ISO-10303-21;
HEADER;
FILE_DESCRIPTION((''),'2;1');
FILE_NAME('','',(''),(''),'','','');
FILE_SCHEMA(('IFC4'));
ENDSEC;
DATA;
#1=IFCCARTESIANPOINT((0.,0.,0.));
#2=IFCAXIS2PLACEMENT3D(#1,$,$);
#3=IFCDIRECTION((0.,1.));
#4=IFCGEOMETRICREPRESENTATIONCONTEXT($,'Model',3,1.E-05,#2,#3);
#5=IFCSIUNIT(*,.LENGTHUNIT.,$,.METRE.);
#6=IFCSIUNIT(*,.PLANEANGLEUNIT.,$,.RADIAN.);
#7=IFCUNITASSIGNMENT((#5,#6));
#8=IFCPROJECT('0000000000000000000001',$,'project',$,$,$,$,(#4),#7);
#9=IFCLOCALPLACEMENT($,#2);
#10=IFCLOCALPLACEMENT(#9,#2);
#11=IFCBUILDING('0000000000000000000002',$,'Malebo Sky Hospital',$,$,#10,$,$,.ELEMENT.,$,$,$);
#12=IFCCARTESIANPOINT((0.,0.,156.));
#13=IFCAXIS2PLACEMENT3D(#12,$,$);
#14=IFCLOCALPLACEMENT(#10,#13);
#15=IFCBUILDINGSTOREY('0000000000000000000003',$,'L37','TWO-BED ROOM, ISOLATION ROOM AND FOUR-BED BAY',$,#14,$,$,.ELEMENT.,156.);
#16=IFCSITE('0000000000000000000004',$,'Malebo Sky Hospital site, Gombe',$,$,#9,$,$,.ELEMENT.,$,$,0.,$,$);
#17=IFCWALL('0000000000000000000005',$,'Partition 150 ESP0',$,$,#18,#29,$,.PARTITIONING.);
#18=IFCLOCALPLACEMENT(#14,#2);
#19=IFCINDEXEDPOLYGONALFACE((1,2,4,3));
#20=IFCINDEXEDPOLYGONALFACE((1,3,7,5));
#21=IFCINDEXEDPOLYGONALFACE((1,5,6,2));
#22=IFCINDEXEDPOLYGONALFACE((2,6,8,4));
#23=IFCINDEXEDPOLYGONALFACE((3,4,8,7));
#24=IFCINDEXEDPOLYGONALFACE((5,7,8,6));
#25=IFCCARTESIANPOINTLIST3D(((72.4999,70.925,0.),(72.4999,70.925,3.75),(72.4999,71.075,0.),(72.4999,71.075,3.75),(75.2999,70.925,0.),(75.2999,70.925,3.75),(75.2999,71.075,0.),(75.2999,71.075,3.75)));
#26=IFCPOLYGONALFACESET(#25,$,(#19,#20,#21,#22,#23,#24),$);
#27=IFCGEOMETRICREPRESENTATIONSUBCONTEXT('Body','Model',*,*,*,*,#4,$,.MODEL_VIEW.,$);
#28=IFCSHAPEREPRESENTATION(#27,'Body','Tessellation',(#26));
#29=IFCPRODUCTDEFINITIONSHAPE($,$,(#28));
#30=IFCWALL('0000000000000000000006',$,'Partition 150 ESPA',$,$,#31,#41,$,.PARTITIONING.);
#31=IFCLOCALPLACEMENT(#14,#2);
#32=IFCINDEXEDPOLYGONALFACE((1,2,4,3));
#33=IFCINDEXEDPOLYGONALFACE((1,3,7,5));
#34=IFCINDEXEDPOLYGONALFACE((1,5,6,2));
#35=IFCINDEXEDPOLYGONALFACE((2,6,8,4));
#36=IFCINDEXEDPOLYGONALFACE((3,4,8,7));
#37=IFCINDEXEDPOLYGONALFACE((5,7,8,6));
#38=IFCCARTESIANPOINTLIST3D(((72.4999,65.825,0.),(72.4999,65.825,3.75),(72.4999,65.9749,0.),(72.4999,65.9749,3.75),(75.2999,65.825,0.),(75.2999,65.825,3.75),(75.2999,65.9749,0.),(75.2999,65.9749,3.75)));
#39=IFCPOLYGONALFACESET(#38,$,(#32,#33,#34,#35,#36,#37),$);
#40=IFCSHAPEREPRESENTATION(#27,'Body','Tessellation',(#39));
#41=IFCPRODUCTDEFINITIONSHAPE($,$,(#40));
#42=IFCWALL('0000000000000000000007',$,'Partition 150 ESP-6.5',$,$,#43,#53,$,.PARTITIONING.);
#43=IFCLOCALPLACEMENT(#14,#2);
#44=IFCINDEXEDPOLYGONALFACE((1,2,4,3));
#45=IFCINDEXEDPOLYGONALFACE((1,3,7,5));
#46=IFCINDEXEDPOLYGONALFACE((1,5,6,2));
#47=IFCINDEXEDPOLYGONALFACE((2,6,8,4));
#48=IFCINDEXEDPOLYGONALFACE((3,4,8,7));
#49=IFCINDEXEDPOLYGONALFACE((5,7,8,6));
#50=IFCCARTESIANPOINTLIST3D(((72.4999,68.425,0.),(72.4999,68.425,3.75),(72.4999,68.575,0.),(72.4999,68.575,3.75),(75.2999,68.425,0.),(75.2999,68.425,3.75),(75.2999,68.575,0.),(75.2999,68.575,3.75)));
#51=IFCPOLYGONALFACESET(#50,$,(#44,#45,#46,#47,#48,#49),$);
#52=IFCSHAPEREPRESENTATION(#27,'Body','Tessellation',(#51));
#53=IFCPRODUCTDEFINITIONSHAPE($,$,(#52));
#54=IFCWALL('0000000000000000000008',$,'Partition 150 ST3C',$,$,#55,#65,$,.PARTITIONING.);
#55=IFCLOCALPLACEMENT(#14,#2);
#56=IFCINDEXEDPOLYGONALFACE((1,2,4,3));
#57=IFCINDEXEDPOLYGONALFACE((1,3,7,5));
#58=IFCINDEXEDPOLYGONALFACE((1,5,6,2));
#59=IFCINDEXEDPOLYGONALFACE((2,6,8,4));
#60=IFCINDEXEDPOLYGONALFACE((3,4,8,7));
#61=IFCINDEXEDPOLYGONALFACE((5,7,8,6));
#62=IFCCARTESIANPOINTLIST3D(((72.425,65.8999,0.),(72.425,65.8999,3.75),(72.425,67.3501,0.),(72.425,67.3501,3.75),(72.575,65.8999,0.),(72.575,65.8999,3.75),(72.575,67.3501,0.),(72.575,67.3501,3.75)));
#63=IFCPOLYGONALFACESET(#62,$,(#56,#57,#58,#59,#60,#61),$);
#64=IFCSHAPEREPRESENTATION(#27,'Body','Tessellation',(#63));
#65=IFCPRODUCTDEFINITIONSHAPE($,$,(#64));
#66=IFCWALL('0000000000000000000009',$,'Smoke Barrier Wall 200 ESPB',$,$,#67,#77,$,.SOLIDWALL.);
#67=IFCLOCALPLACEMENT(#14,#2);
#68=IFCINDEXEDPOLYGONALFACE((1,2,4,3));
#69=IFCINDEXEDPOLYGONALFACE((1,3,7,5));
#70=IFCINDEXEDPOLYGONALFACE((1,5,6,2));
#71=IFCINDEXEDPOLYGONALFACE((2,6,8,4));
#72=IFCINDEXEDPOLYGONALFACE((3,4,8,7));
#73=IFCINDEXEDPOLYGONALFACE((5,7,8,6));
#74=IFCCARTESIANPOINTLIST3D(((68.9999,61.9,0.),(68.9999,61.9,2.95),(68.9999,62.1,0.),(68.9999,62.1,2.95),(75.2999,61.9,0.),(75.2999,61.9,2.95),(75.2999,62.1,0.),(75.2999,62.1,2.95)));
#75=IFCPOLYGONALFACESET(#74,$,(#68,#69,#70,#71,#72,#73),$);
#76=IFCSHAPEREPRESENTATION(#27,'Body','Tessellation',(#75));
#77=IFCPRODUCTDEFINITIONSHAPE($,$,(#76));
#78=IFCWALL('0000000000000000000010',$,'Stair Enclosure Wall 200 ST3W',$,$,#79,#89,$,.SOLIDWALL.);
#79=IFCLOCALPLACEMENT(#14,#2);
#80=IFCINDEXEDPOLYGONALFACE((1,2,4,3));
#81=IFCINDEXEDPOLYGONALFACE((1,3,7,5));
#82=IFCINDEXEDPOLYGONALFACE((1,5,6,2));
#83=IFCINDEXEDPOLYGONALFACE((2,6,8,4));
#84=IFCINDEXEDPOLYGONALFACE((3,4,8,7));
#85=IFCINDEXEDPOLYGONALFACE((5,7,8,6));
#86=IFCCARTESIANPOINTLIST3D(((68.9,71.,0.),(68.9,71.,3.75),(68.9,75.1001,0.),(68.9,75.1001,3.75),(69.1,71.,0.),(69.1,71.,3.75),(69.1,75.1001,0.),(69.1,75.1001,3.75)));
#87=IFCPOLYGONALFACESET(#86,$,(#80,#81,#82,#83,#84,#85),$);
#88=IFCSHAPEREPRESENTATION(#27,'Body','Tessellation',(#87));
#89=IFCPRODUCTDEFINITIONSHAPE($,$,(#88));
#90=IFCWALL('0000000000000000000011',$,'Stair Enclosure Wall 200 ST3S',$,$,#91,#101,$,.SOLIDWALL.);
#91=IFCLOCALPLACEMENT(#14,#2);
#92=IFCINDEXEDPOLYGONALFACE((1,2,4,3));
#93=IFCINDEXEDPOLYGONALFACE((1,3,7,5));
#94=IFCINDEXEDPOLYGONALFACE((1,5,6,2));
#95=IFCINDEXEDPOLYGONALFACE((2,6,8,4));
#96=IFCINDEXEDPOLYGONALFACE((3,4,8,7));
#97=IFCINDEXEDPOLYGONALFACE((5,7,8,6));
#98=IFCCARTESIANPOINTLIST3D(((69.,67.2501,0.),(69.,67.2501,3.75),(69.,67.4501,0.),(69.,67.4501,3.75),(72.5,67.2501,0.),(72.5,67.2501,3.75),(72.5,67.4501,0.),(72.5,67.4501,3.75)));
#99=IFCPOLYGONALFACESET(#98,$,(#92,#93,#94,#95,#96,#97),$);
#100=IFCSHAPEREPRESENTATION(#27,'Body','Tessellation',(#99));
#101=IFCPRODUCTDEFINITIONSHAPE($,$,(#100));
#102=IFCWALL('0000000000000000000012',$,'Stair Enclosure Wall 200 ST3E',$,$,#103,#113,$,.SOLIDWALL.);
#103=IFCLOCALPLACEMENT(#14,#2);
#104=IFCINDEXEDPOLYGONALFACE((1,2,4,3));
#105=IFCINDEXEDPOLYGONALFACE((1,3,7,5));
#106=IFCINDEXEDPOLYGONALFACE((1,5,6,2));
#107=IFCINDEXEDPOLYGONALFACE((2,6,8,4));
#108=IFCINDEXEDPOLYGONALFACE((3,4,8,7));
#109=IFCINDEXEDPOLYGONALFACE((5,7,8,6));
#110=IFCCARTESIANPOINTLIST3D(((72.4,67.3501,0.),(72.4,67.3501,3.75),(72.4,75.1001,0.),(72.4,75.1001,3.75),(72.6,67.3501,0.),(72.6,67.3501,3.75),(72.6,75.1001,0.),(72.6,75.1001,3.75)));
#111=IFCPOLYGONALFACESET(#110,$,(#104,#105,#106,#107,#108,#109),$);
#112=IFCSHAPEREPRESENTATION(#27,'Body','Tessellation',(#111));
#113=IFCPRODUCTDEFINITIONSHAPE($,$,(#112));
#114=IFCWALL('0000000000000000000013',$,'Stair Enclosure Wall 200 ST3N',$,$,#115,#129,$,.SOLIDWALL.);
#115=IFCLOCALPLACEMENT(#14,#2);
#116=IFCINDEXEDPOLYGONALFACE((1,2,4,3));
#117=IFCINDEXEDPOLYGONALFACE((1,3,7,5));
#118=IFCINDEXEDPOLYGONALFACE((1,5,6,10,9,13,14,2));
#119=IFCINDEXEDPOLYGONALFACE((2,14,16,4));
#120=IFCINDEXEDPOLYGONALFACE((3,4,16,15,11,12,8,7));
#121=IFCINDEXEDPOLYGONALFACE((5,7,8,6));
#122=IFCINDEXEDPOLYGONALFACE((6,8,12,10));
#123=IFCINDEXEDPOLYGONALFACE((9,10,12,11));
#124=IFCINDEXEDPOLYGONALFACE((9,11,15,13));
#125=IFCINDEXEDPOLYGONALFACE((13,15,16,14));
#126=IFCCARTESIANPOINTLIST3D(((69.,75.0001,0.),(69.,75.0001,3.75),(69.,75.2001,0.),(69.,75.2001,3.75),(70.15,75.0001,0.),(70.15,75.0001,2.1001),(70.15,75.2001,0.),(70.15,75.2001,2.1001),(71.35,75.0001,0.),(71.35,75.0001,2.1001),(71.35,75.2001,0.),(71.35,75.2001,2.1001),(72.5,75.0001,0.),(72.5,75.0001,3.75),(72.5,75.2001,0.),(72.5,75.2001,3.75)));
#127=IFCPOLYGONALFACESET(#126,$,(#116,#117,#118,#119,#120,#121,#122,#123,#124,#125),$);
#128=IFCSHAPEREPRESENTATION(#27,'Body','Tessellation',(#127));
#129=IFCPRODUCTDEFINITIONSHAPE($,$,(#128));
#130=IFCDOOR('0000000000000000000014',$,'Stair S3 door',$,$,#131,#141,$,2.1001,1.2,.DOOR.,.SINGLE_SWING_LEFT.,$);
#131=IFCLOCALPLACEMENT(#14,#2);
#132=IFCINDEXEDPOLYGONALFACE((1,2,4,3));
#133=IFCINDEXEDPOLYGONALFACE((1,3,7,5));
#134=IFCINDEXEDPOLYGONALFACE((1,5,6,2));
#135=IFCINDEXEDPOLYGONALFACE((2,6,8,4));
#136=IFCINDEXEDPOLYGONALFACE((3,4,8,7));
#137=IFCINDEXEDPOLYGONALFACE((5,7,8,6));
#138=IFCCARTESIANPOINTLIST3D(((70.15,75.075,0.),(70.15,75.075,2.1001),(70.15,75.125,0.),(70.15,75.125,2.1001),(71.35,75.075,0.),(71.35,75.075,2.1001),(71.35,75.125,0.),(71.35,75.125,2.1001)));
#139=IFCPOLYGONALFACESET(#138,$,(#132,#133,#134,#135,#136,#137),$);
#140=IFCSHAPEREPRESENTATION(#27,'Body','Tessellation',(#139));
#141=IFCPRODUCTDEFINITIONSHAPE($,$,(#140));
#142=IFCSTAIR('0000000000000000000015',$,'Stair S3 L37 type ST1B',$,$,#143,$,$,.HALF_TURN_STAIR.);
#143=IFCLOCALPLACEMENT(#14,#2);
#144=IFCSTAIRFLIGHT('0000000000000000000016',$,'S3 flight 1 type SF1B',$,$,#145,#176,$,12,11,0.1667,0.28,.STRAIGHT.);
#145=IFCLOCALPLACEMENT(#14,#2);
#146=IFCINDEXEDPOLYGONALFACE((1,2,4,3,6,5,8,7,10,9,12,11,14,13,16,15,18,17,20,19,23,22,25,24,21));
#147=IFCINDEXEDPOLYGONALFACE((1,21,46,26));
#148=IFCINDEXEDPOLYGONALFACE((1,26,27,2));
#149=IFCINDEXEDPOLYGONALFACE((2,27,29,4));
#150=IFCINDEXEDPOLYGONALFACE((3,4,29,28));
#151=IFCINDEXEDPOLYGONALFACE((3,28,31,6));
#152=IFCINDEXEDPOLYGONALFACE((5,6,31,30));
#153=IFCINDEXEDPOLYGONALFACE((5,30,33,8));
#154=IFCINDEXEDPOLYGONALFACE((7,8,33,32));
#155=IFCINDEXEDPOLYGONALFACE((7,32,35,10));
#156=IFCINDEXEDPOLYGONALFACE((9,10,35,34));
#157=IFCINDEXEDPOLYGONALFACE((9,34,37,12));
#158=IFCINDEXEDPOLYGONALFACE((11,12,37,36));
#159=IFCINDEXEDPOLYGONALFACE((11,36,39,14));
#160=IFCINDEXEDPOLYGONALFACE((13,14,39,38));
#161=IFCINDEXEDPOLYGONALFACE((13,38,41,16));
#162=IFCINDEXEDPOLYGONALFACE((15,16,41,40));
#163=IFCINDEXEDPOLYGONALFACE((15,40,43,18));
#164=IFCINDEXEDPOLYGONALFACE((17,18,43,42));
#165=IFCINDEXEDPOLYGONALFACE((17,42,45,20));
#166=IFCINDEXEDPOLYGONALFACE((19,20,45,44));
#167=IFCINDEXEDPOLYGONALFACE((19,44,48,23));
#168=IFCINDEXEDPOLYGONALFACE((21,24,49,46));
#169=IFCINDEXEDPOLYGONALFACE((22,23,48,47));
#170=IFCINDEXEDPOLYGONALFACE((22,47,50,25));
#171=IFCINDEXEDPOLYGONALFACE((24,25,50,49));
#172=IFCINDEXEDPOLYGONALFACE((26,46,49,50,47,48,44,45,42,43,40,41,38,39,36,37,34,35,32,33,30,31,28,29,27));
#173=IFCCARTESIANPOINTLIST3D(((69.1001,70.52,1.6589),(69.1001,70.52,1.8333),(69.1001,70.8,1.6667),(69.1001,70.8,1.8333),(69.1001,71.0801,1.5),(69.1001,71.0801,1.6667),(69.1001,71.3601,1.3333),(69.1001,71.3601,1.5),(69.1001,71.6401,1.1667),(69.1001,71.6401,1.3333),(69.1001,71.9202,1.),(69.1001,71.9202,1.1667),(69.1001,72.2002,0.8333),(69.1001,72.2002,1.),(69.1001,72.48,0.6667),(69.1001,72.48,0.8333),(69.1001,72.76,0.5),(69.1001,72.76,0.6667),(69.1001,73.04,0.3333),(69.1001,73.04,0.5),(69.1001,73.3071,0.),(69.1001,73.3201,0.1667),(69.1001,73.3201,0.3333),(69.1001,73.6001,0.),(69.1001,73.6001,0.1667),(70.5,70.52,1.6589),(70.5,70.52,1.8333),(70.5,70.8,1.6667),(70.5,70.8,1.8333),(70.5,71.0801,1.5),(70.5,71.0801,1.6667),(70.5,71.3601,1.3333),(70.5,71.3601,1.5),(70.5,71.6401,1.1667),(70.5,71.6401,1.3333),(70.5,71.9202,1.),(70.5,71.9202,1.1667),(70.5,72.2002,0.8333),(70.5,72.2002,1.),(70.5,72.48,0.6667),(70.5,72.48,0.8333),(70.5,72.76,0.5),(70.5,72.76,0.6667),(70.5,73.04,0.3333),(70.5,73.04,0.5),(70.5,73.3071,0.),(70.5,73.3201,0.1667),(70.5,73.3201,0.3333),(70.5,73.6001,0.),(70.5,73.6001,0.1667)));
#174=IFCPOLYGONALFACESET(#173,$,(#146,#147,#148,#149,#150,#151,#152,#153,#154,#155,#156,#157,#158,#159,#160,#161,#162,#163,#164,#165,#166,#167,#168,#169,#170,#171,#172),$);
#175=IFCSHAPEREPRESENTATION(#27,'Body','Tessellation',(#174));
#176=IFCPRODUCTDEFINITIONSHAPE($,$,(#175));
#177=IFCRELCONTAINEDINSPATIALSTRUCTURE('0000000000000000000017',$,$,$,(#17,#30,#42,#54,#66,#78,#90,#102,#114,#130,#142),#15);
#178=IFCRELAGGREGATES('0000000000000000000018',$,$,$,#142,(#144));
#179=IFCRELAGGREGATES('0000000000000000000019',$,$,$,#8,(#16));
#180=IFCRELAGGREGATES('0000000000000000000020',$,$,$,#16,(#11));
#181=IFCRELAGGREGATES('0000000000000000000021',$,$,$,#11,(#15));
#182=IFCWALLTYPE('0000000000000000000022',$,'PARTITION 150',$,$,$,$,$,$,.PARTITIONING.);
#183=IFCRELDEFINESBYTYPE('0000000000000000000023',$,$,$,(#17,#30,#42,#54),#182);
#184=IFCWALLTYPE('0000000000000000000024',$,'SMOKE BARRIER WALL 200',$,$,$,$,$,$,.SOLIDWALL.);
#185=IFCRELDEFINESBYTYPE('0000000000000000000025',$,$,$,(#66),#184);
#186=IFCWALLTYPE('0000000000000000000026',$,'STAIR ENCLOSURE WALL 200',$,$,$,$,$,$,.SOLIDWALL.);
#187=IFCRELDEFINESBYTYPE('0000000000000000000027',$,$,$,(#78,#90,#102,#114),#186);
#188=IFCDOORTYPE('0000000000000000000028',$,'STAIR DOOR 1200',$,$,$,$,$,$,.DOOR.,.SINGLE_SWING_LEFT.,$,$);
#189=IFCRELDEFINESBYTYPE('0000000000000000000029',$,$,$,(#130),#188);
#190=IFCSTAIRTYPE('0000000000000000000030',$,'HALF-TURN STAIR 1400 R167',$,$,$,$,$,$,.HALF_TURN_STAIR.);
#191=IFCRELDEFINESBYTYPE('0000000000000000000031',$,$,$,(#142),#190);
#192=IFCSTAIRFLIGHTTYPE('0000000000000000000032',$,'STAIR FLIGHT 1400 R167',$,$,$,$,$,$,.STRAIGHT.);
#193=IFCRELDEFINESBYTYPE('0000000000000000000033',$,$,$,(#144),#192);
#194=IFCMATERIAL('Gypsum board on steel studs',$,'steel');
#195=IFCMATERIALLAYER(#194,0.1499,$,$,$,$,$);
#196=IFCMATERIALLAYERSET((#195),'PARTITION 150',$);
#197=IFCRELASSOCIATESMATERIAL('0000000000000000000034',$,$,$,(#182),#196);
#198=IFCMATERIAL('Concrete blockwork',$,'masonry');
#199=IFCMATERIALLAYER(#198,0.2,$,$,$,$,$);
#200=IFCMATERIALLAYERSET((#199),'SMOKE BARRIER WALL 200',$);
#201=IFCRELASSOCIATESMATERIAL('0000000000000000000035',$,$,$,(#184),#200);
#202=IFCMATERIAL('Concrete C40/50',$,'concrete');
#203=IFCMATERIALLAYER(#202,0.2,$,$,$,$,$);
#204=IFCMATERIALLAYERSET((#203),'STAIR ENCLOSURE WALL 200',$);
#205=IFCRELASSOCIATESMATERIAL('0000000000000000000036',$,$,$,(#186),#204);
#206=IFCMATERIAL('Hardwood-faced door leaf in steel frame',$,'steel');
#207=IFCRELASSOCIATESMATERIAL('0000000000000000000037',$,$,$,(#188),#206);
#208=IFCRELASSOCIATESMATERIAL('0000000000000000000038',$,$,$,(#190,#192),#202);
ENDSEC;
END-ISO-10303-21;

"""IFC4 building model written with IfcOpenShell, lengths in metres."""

from ifc_helpers import new_model, si_unit, direction, frame, frame_2d, origin, place, context, subcontext, project, spatial, polyline, rectangle, outline, extrude, material, layer, layer_set, type_object, element, fill, aggregate, save


model = new_model("IFC4")

# Units and contexts
model_context = context("Model", 3, precision=1e-05, world=origin(), true_north=direction((0.0, 1.0)))
body_context = subcontext(model_context, "Body", "Model", "MODEL_VIEW")
ifc_project = project(units=[si_unit("LENGTHUNIT", "METRE"), si_unit("PLANEANGLEUNIT", "RADIAN")], contexts=[model_context])

# Site, building, storey
site_placement = place(None, origin())
site = spatial("IfcSite", under=ifc_project, at=site_placement, Name="Malebo Sky Hospital site, Gombe", CompositionType="ELEMENT", RefElevation=0.0)
building_placement = place(site_placement, origin())
building = spatial("IfcBuilding", under=site, at=building_placement, Name="Malebo Sky Hospital", CompositionType="ELEMENT")
storey_placement = place(building_placement, frame((0.0, 0.0, 156.0)))
storey = spatial("IfcBuildingStorey", under=building, at=storey_placement, Name="L37", Description="TWO-BED ROOM, ISOLATION ROOM AND FOUR-BED BAY", CompositionType="ELEMENT", Elevation=156.0)

# Shared definitions
ifc_material_1 = material(Name="Gypsum board on steel studs", Category="steel")
ifc_material_2 = material(Name="Hardwood-faced door leaf in steel frame", Category="steel")

# Shared definitions
ifc_layer_1 = layer(ifc_material_1, 0.1499)
ifc_layer_set_1 = layer_set([ifc_layer_1], Name="PARTITION 150")
wall_type_1 = type_object("IfcWallType", Name="PARTITION 150", PredefinedType="PARTITIONING", material=ifc_layer_set_1)

# Walls
for number, where, z_axis, x_axis, name in (
    (1, (72.5, 71.0, 0.0), (0.0, 0.0, 1.0), (1.0, 0.0, 0.0), "Partition 150 ESP0"),
    (2, (72.5, 65.8999, 0.0), (0.0, 0.0, 1.0), (1.0, 0.0, 0.0), "Partition 150 ESPA"),
    (3, (72.5, 68.5, 0.0), (0.0, 0.0, 1.0), (1.0, 0.0, 0.0), "Partition 150 ESP-6.5"),
):
    element("IfcWall", number, at=place(storey_placement, frame(where, z_axis=z_axis, x_axis=x_axis)), inside=storey, type_object=wall_type_1, Name=name, PredefinedType="PARTITIONING", context=body_context, shape_type="SweptSolid", body=[
        extrude(rectangle(XDim=2.8, YDim=0.1499, at=frame_2d((1.3999, 0.0))), origin(), (0.0, 0.0, 1.0), 3.75),
    ])
wall_1_placement = place(storey_placement, frame((72.5, 65.8999, 0.0), z_axis=(0.0, 0.0, 1.0), x_axis=(0.0, 1.0, 0.0)))
element("IfcWall", 4, at=wall_1_placement, inside=storey, type_object=wall_type_1, Name="Partition 150 ST3C", PredefinedType="PARTITIONING", context=body_context, shape_type="SweptSolid", body=[
    extrude(rectangle(XDim=1.4502, YDim=0.1499, at=frame_2d((0.7251, 0.0))), origin(), (0.0, 0.0, 1.0), 3.75),
])
ifc_material_3 = material(Name="Concrete blockwork", Category="masonry")
ifc_layer_2 = layer(ifc_material_3, 0.2)
ifc_layer_set_2 = layer_set([ifc_layer_2], Name="SMOKE BARRIER WALL 200")
wall_type_2 = type_object("IfcWallType", Name="SMOKE BARRIER WALL 200", PredefinedType="SOLIDWALL", material=ifc_layer_set_2)
wall_2_placement = place(storey_placement, frame((69.0, 62.0, 0.0), z_axis=(0.0, 0.0, 1.0), x_axis=(1.0, 0.0, 0.0)))
element("IfcWall", 5, at=wall_2_placement, inside=storey, type_object=wall_type_2, Name="Smoke Barrier Wall 200 ESPB", PredefinedType="SOLIDWALL", context=body_context, shape_type="SweptSolid", body=[
    extrude(rectangle(XDim=6.3, YDim=0.2, at=frame_2d((3.1499, 0.0))), origin(), (0.0, 0.0, 1.0), 2.95),
])
ifc_material_4 = material(Name="Concrete C40/50", Category="concrete")
ifc_layer_3 = layer(ifc_material_4, 0.2)
ifc_layer_set_3 = layer_set([ifc_layer_3], Name="STAIR ENCLOSURE WALL 200")
wall_type_3 = type_object("IfcWallType", Name="STAIR ENCLOSURE WALL 200", PredefinedType="SOLIDWALL", material=ifc_layer_set_3)
wall_3_placement = place(storey_placement, frame((69.0, 71.0, 0.0), z_axis=(0.0, 0.0, 1.0), x_axis=(0.0, 1.0, 0.0)))
element("IfcWall", 6, at=wall_3_placement, inside=storey, type_object=wall_type_3, Name="Stair Enclosure Wall 200 ST3W", PredefinedType="SOLIDWALL", context=body_context, shape_type="SweptSolid", body=[
    extrude(rectangle(XDim=4.1001, YDim=0.2, at=frame_2d((2.05, 0.0))), origin(), (0.0, 0.0, 1.0), 3.75),
])
wall_4_placement = place(storey_placement, frame((69.0, 67.3501, 0.0), z_axis=(0.0, 0.0, 1.0), x_axis=(1.0, 0.0, 0.0)))
element("IfcWall", 7, at=wall_4_placement, inside=storey, type_object=wall_type_3, Name="Stair Enclosure Wall 200 ST3S", PredefinedType="SOLIDWALL", context=body_context, shape_type="SweptSolid", body=[
    extrude(rectangle(XDim=3.5, YDim=0.2, at=frame_2d((1.75, 0.0))), origin(), (0.0, 0.0, 1.0), 3.75),
])
wall_5_placement = place(storey_placement, frame((72.5, 67.3501, 0.0), z_axis=(0.0, 0.0, 1.0), x_axis=(0.0, 1.0, 0.0)))
element("IfcWall", 8, at=wall_5_placement, inside=storey, type_object=wall_type_3, Name="Stair Enclosure Wall 200 ST3E", PredefinedType="SOLIDWALL", context=body_context, shape_type="SweptSolid", body=[
    extrude(rectangle(XDim=7.75, YDim=0.2, at=frame_2d((3.875, 0.0))), origin(), (0.0, 0.0, 1.0), 3.75),
])

# Wall, opening, door
wall_6_placement = place(storey_placement, frame((69.0, 75.1001, 0.0), z_axis=(0.0, 0.0, 1.0), x_axis=(1.0, 0.0, 0.0)))
wall_6 = element("IfcWall", 9, at=wall_6_placement, inside=storey, type_object=wall_type_3, Name="Stair Enclosure Wall 200 ST3N", PredefinedType="SOLIDWALL", context=body_context, shape_type="SweptSolid", body=[
    extrude(rectangle(XDim=3.5, YDim=0.2, at=frame_2d((1.75, 0.0))), origin(), (0.0, 0.0, 1.0), 3.75),
])
opening_1_placement = place(wall_6_placement, frame((1.1499, 0.0, 0.0)))
opening_1 = element("IfcOpeningElement", 10, at=opening_1_placement, cuts=wall_6, PredefinedType="OPENING", context=body_context, shape_type="SweptSolid", body=[
    extrude(rectangle(XDim=1.2, YDim=2.1001, at=frame_2d((0.6001, 1.05))), frame((0.0, 0.1099, 0.0), z_axis=(0.0, -1.0, 0.0), x_axis=(1.0, 0.0, 0.0)), (0.0, 0.0, 1.0), 0.22),
])
door_type_1 = type_object("IfcDoorType", Name="STAIR DOOR 1200", OperationType="SINGLE_SWING_LEFT", PredefinedType="DOOR", material=ifc_material_2)
door_1_placement = place(opening_1_placement, origin())
door_1 = element("IfcDoor", 11, at=door_1_placement, inside=storey, type_object=door_type_1, Name="Stair S3 door", OperationType="SINGLE_SWING_LEFT", OverallHeight=2.1001, OverallWidth=1.2, PredefinedType="DOOR", context=body_context, shape_type="SweptSolid", body=[
    extrude(rectangle(XDim=1.2, YDim=2.1001, at=frame_2d((0.6001, 1.05))), frame((0.0, 0.0249, 0.0), z_axis=(0.0, -1.0, 0.0), x_axis=(1.0, 0.0, 0.0)), (0.0, 0.0, 1.0), 0.05),
])
fill(opening_1, door_1)

# Stair, stair flight
stair_type = type_object("IfcStairType", Name="HALF-TURN STAIR 1400 R167", PredefinedType="HALF_TURN_STAIR", material=ifc_material_4)
stair_placement = place(storey_placement, origin())
stair = element("IfcStair", 12, at=stair_placement, inside=storey, type_object=stair_type, Name="Stair S3 L37 type ST1B", PredefinedType="HALF_TURN_STAIR")
stair_flight_type = type_object("IfcStairFlightType", Name="STAIR FLIGHT 1400 R167", PredefinedType="STRAIGHT", material=ifc_material_4)
stair_flight_1_placement = place(storey_placement, frame((69.8, 73.6001, 0.0), z_axis=(0.0, 0.0, 1.0), x_axis=(0.0, -1.0, 0.0)))
stair_flight_1 = element("IfcStairFlight", 13, at=stair_flight_1_placement, type_object=stair_flight_type, Name="S3 flight 1 type SF1B", NumberOfRisers=12, NumberOfTreads=11, PredefinedType="STRAIGHT", RiserHeight=0.1667, TreadLength=0.28, context=body_context, shape_type="SweptSolid", body=[
    extrude(outline(polyline([(0.0, 0.0), (0.0, 0.1667), (0.28, 0.1667), (0.28, 0.3333), (0.5601, 0.3333), (0.5601, 0.5), (0.8401, 0.5), (0.8401, 0.6667), (1.1201, 0.6667), (1.1201, 0.8333), (1.3999, 0.8333), (1.3999, 1.0), (1.6799, 1.0), (1.6799, 1.1667), (1.96, 1.1667), (1.96, 1.3333), (2.24, 1.3333), (2.24, 1.5), (2.52, 1.5), (2.52, 1.6667), (2.8, 1.6667), (2.8, 1.8333), (3.0801, 1.8333), (3.0801, 2.0), (3.0801, 1.6589), (0.293, 0.0), (0.0, 0.0)])), frame((0.0, 0.7, 0.0), z_axis=(0.0, -1.0, 0.0), x_axis=(1.0, 0.0, 0.0)), (0.0, 0.0, 1.0), 1.3999),
])
aggregate(stair, [stair_flight_1])

save(model, "model.ifc")
